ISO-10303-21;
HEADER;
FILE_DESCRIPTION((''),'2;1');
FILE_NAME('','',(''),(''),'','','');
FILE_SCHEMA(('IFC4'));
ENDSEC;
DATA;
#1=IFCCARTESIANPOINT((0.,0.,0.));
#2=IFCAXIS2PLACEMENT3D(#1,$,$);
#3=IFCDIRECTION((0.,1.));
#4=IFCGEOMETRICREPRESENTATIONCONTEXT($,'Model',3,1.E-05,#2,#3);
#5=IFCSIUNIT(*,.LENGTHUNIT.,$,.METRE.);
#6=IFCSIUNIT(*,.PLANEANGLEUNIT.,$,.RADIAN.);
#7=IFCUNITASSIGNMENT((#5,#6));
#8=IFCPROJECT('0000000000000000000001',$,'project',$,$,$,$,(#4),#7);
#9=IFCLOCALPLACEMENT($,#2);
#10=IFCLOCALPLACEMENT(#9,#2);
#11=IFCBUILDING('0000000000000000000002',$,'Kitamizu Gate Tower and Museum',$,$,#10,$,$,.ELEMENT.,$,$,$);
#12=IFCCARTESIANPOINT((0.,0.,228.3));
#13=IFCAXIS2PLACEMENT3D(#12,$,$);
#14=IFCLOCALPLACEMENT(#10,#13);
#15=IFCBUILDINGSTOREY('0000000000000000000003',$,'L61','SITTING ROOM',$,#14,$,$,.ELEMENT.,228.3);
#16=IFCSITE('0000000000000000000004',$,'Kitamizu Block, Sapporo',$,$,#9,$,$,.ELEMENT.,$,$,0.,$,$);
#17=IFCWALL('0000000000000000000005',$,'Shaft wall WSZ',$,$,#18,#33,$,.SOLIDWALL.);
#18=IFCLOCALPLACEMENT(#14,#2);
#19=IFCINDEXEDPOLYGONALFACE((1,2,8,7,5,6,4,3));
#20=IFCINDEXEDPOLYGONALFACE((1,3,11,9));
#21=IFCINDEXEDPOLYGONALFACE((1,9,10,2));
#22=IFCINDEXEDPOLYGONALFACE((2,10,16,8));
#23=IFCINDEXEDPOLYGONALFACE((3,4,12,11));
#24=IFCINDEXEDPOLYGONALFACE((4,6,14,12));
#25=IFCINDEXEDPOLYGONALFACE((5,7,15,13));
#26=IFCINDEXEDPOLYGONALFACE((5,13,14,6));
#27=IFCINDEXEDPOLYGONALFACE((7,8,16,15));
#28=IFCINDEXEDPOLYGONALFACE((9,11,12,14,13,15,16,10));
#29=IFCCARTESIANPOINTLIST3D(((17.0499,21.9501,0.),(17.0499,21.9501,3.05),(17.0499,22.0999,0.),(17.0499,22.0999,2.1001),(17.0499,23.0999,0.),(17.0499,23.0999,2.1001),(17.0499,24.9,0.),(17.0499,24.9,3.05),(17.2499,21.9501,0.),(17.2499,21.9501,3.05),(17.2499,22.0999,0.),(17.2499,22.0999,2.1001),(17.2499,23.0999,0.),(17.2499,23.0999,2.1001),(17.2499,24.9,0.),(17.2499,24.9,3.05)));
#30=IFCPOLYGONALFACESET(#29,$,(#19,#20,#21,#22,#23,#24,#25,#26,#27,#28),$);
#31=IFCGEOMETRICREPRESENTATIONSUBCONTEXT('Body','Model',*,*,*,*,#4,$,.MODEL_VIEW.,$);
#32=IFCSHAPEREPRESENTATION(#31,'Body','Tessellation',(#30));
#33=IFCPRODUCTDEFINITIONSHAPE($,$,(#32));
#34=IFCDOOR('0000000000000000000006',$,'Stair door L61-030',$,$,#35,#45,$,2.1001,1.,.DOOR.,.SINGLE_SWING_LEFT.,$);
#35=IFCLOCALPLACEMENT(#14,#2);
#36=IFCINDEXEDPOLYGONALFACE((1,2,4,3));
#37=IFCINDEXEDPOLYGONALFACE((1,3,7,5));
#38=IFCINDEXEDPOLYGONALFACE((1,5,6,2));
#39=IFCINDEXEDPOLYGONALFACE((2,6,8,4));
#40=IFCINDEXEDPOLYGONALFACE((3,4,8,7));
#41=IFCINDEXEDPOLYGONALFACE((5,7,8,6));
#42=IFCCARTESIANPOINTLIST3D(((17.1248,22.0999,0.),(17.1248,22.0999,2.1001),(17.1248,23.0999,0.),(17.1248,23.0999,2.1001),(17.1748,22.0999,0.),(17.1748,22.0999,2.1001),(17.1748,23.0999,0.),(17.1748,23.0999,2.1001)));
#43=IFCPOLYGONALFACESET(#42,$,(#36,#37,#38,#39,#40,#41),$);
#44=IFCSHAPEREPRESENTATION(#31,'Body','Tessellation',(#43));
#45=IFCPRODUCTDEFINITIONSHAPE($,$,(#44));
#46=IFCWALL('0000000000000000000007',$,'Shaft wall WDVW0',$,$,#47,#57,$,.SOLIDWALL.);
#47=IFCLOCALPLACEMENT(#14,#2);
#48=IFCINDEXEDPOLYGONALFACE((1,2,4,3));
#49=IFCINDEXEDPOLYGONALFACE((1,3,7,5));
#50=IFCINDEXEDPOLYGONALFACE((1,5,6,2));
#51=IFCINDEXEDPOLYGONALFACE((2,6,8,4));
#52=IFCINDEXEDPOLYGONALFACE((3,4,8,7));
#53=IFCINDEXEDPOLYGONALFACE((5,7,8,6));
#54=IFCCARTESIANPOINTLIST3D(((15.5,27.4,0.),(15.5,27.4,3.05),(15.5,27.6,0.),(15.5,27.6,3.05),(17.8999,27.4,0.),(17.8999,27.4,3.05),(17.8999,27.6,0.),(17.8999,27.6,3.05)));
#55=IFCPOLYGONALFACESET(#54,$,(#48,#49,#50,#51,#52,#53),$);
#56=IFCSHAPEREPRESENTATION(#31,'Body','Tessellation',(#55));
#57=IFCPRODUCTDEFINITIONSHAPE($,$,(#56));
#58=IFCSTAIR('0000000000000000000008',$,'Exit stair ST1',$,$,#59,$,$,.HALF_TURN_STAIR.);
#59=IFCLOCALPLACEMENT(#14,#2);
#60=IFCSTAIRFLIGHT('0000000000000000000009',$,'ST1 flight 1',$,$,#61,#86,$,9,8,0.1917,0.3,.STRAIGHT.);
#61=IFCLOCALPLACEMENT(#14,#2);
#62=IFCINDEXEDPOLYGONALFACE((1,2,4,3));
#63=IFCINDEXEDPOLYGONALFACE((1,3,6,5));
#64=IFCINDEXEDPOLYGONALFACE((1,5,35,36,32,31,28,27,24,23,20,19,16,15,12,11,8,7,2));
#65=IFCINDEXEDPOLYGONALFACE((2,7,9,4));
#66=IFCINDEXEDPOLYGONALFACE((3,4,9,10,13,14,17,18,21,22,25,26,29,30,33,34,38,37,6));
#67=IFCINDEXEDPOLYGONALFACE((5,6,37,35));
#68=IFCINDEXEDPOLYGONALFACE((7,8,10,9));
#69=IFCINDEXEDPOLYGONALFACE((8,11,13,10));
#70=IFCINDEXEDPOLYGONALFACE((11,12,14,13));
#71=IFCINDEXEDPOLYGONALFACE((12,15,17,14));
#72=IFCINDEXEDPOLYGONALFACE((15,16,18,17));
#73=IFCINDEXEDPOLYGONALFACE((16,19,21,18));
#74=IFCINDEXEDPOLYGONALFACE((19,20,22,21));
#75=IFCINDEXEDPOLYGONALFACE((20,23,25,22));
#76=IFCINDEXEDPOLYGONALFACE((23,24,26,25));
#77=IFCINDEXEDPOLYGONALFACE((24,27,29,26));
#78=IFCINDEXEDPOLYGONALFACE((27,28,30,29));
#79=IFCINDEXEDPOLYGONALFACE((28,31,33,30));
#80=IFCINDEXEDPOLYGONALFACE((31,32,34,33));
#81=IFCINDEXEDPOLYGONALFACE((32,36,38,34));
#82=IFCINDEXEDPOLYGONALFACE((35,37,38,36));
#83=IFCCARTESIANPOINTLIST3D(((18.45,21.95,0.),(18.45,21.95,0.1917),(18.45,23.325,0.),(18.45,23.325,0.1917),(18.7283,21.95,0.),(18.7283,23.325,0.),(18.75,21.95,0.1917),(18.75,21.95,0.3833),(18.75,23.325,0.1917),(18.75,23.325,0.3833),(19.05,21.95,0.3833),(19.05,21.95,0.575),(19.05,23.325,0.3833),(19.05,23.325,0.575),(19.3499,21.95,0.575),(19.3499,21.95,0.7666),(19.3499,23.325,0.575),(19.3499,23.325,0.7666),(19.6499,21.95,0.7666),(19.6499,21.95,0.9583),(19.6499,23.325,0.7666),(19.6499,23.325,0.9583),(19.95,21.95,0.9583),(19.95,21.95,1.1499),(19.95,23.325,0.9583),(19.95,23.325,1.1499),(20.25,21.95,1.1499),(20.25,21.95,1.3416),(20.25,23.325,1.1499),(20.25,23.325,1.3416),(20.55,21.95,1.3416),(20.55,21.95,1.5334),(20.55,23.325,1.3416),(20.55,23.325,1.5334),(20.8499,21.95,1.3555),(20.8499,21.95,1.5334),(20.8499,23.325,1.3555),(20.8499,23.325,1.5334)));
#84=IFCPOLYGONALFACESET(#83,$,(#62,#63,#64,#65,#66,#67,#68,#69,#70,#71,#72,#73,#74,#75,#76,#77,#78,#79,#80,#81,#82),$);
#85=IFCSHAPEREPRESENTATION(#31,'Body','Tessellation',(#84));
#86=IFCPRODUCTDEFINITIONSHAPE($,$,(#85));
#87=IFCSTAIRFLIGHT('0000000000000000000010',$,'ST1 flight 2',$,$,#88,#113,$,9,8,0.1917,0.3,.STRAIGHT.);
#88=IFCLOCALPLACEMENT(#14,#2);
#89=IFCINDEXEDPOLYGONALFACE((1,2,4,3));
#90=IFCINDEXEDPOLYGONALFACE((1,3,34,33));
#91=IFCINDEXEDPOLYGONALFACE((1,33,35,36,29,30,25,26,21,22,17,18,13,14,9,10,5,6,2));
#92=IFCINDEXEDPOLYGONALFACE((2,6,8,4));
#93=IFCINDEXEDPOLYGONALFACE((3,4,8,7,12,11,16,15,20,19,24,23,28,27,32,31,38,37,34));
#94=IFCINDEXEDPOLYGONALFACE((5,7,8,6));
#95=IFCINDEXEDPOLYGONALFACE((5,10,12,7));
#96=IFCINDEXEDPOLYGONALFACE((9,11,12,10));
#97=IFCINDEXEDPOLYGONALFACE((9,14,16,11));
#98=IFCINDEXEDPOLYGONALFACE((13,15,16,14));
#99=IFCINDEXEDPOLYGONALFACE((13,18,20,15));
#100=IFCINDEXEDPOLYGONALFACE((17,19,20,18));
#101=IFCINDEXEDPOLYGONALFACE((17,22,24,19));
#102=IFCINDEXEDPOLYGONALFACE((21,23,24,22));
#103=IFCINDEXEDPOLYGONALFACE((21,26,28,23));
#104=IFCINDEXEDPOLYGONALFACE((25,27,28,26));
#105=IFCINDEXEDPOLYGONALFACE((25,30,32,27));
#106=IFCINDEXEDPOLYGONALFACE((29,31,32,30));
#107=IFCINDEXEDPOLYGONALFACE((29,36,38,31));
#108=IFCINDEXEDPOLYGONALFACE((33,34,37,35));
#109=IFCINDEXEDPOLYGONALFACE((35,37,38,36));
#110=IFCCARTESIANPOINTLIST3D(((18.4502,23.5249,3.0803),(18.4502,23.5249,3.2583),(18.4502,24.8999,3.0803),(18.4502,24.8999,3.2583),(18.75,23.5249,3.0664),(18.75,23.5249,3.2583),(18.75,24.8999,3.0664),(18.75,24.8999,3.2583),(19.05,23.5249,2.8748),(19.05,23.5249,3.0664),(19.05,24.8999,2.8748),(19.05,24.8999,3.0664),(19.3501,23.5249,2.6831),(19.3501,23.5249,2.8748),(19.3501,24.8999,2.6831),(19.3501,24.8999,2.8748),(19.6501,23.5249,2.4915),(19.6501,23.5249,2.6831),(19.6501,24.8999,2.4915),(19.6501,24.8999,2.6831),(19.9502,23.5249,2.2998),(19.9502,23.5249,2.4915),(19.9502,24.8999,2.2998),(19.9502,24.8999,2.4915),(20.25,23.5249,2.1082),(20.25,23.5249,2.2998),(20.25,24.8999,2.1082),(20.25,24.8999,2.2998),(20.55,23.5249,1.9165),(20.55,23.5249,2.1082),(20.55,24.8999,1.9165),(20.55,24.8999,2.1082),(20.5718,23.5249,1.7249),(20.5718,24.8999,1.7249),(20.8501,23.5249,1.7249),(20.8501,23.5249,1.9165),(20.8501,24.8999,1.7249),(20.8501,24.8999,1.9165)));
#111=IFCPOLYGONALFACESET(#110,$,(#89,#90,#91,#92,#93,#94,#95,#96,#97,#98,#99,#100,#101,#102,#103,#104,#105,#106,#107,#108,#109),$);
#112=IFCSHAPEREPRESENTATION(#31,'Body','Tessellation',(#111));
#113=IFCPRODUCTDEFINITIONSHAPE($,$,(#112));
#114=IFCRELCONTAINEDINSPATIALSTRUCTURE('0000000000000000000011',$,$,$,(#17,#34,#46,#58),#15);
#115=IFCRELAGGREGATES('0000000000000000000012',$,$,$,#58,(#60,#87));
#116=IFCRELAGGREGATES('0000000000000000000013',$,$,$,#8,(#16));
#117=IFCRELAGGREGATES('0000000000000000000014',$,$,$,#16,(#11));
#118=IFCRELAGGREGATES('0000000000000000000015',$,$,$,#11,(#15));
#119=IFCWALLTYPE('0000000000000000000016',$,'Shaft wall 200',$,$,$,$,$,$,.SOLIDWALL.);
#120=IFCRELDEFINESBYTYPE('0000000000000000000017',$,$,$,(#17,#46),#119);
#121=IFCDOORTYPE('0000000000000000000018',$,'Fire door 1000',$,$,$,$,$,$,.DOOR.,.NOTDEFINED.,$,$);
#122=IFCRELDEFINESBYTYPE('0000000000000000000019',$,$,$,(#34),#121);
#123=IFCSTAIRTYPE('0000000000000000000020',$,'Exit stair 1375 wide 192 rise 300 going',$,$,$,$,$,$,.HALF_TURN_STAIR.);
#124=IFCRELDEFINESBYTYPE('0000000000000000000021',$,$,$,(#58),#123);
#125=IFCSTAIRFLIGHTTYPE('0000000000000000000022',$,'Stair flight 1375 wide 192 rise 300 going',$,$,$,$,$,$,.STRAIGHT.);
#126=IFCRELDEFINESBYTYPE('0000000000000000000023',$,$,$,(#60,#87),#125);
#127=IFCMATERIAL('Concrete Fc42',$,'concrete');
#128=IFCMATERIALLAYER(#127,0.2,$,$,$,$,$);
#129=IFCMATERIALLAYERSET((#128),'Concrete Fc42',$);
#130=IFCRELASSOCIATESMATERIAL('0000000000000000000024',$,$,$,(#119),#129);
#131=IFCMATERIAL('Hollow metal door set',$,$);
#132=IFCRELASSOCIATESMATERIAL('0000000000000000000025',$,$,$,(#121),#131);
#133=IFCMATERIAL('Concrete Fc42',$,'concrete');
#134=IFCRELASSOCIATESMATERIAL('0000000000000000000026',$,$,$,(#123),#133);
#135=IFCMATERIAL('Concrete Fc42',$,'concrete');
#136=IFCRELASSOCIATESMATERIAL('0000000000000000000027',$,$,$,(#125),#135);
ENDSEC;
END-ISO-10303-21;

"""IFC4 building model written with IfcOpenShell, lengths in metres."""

from ifc_helpers import new_model, si_unit, direction, frame, frame_2d, origin, place, context, subcontext, project, spatial, polyline, rectangle, outline, extrude, material, layer, layer_set, type_object, element, fill, aggregate, save


model = new_model("IFC4")

# Units and contexts
model_context = context("Model", 3, precision=1e-05, world=origin(), true_north=direction((0.0, 1.0)))
body_context = subcontext(model_context, "Body", "Model", "MODEL_VIEW")
ifc_project = project(units=[si_unit("LENGTHUNIT", "METRE"), si_unit("PLANEANGLEUNIT", "RADIAN")], contexts=[model_context])

# Site, building, storey
site_placement = place(None, origin())
site = spatial("IfcSite", under=ifc_project, at=site_placement, Name="Kitamizu Block, Sapporo", CompositionType="ELEMENT", RefElevation=0.0)
building_placement = place(site_placement, origin())
building = spatial("IfcBuilding", under=site, at=building_placement, Name="Kitamizu Gate Tower and Museum", CompositionType="ELEMENT")
storey_placement = place(building_placement, frame((0.0, 0.0, 228.3)))
storey = spatial("IfcBuildingStorey", under=building, at=storey_placement, Name="L61", Description="SITTING ROOM", CompositionType="ELEMENT", Elevation=228.3)

# Shared definitions
ifc_material_1 = material(Name="Concrete Fc42", Category="concrete")
ifc_layer_1 = layer(ifc_material_1, 0.2)
ifc_layer_set_1 = layer_set([ifc_layer_1], Name="Concrete Fc42")
wall_type_1 = type_object("IfcWallType", Name="Shaft wall 200", PredefinedType="SOLIDWALL", material=ifc_layer_set_1)
ifc_material_2 = material(Name="Hollow metal door set")
door_type_1 = type_object("IfcDoorType", Name="Fire door 1000", OperationType="NOTDEFINED", PredefinedType="DOOR", material=ifc_material_2)

# Wall, opening, door
wall_1_placement = place(storey_placement, frame((17.1499, 21.95, 0.0), z_axis=(0.0, 0.0, 1.0), x_axis=(0.0, 1.0, 0.0)))
wall_1 = element("IfcWall", 1, at=wall_1_placement, inside=storey, type_object=wall_type_1, Name="Shaft wall WSZ", PredefinedType="SOLIDWALL", context=body_context, shape_type="SweptSolid", body=[
    extrude(rectangle(XDim=2.95, YDim=0.2, at=frame_2d((1.4751, 0.0))), origin(), (0.0, 0.0, 1.0), 3.05),
])
opening_1_placement = place(wall_1_placement, frame((0.1499, 0.0, 0.0)))
opening_1 = element("IfcOpeningElement", 2, at=opening_1_placement, cuts=wall_1, PredefinedType="OPENING", context=body_context, shape_type="SweptSolid", body=[
    extrude(rectangle(XDim=1.0, YDim=2.1001, at=frame_2d((0.5, 1.05))), frame((0.0, 0.1099, 0.0), z_axis=(0.0, -1.0, 0.0), x_axis=(1.0, 0.0, 0.0)), (0.0, 0.0, 1.0), 0.22),
])
door_1_placement = place(opening_1_placement, frame((1.0, 0.0, 0.0), x_axis=(-1.0, 0.0, 0.0)))
door_1 = element("IfcDoor", 3, at=door_1_placement, inside=storey, type_object=door_type_1, Name="Stair door L61-030", OperationType="SINGLE_SWING_LEFT", OverallHeight=2.1001, OverallWidth=1.0, PredefinedType="DOOR", context=body_context, shape_type="SweptSolid", body=[
    extrude(rectangle(XDim=1.0, YDim=2.1001, at=frame_2d((0.5, 1.05))), frame((0.0, 0.0249, 0.0), z_axis=(0.0, -1.0, 0.0), x_axis=(1.0, 0.0, 0.0)), (0.0, 0.0, 1.0), 0.05),
])
fill(opening_1, door_1)

# Wall
wall_2_placement = place(storey_placement, frame((15.5, 27.5, 0.0), z_axis=(0.0, 0.0, 1.0), x_axis=(1.0, 0.0, 0.0)))
element("IfcWall", 4, at=wall_2_placement, inside=storey, type_object=wall_type_1, Name="Shaft wall WDVW0", PredefinedType="SOLIDWALL", context=body_context, shape_type="SweptSolid", body=[
    extrude(rectangle(XDim=2.3999, YDim=0.2, at=frame_2d((1.2, 0.0))), origin(), (0.0, 0.0, 1.0), 3.05),
])

# Stair, stair flights
ifc_material_3 = material(Name="Concrete Fc42", Category="concrete")
stair_type = type_object("IfcStairType", Name="Exit stair 1375 wide 192 rise 300 going", PredefinedType="HALF_TURN_STAIR", material=ifc_material_3)
stair_placement = place(storey_placement, origin())
stair = element("IfcStair", 5, at=stair_placement, inside=storey, type_object=stair_type, Name="Exit stair ST1", PredefinedType="HALF_TURN_STAIR")
ifc_material_4 = material(Name="Concrete Fc42", Category="concrete")
stair_flight_type = type_object("IfcStairFlightType", Name="Stair flight 1375 wide 192 rise 300 going", PredefinedType="STRAIGHT", material=ifc_material_4)
stair_flight_1_placement = place(storey_placement, frame((18.45, 22.6375, 0.0), z_axis=(0.0, 0.0, 1.0), x_axis=(1.0, 0.0, 0.0)))
stair_flight_1 = element("IfcStairFlight", 6, at=stair_flight_1_placement, type_object=stair_flight_type, Name="ST1 flight 1", NumberOfRisers=9, NumberOfTreads=8, PredefinedType="STRAIGHT", RiserHeight=0.1917, TreadLength=0.3, context=body_context, shape_type="SweptSolid", body=[
    extrude(outline(polyline([(0.0, 0.0), (0.0, 0.1917), (0.3, 0.1917), (0.3, 0.3833), (0.6001, 0.3833), (0.6001, 0.575), (0.8999, 0.575), (0.8999, 0.7666), (1.2, 0.7666), (1.2, 0.9583), (1.5, 0.9583), (1.5, 1.1499), (1.8, 1.1499), (1.8, 1.3416), (2.1001, 1.3416), (2.1001, 1.5334), (2.3999, 1.5334), (2.3999, 1.7251), (2.3999, 1.3555), (0.2783, 0.0), (0.0, 0.0)])), frame((0.0, 0.6875, 0.0), z_axis=(0.0, -1.0, 0.0), x_axis=(1.0, 0.0, 0.0)), (0.0, 0.0, 1.0), 1.375),
])
stair_flight_2_placement = place(storey_placement, frame((20.8501, 24.2124, 1.7249), z_axis=(0.0, 0.0, 1.0), x_axis=(-1.0, 0.0, 0.0)))
stair_flight_2 = element("IfcStairFlight", 7, at=stair_flight_2_placement, type_object=stair_flight_type, Name="ST1 flight 2", NumberOfRisers=9, NumberOfTreads=8, PredefinedType="STRAIGHT", RiserHeight=0.1917, TreadLength=0.3, context=body_context, shape_type="SweptSolid", body=[
    extrude(outline(polyline([(0.0, 0.0), (0.0, 0.1917), (0.3, 0.1917), (0.3, 0.3833), (0.6001, 0.3833), (0.6001, 0.575), (0.8999, 0.575), (0.8999, 0.7666), (1.2, 0.7666), (1.2, 0.9583), (1.5, 0.9583), (1.5, 1.1499), (1.8, 1.1499), (1.8, 1.3416), (2.1001, 1.3416), (2.1001, 1.5334), (2.3999, 1.5334), (2.3999, 1.7251), (2.3999, 1.3555), (0.2783, 0.0), (0.0, 0.0)])), frame((0.0, 0.6875, 0.0), z_axis=(0.0, -1.0, 0.0), x_axis=(1.0, 0.0, 0.0)), (0.0, 0.0, 1.0), 1.375),
])
aggregate(stair, [stair_flight_1, stair_flight_2])

save(model, "model.ifc")
